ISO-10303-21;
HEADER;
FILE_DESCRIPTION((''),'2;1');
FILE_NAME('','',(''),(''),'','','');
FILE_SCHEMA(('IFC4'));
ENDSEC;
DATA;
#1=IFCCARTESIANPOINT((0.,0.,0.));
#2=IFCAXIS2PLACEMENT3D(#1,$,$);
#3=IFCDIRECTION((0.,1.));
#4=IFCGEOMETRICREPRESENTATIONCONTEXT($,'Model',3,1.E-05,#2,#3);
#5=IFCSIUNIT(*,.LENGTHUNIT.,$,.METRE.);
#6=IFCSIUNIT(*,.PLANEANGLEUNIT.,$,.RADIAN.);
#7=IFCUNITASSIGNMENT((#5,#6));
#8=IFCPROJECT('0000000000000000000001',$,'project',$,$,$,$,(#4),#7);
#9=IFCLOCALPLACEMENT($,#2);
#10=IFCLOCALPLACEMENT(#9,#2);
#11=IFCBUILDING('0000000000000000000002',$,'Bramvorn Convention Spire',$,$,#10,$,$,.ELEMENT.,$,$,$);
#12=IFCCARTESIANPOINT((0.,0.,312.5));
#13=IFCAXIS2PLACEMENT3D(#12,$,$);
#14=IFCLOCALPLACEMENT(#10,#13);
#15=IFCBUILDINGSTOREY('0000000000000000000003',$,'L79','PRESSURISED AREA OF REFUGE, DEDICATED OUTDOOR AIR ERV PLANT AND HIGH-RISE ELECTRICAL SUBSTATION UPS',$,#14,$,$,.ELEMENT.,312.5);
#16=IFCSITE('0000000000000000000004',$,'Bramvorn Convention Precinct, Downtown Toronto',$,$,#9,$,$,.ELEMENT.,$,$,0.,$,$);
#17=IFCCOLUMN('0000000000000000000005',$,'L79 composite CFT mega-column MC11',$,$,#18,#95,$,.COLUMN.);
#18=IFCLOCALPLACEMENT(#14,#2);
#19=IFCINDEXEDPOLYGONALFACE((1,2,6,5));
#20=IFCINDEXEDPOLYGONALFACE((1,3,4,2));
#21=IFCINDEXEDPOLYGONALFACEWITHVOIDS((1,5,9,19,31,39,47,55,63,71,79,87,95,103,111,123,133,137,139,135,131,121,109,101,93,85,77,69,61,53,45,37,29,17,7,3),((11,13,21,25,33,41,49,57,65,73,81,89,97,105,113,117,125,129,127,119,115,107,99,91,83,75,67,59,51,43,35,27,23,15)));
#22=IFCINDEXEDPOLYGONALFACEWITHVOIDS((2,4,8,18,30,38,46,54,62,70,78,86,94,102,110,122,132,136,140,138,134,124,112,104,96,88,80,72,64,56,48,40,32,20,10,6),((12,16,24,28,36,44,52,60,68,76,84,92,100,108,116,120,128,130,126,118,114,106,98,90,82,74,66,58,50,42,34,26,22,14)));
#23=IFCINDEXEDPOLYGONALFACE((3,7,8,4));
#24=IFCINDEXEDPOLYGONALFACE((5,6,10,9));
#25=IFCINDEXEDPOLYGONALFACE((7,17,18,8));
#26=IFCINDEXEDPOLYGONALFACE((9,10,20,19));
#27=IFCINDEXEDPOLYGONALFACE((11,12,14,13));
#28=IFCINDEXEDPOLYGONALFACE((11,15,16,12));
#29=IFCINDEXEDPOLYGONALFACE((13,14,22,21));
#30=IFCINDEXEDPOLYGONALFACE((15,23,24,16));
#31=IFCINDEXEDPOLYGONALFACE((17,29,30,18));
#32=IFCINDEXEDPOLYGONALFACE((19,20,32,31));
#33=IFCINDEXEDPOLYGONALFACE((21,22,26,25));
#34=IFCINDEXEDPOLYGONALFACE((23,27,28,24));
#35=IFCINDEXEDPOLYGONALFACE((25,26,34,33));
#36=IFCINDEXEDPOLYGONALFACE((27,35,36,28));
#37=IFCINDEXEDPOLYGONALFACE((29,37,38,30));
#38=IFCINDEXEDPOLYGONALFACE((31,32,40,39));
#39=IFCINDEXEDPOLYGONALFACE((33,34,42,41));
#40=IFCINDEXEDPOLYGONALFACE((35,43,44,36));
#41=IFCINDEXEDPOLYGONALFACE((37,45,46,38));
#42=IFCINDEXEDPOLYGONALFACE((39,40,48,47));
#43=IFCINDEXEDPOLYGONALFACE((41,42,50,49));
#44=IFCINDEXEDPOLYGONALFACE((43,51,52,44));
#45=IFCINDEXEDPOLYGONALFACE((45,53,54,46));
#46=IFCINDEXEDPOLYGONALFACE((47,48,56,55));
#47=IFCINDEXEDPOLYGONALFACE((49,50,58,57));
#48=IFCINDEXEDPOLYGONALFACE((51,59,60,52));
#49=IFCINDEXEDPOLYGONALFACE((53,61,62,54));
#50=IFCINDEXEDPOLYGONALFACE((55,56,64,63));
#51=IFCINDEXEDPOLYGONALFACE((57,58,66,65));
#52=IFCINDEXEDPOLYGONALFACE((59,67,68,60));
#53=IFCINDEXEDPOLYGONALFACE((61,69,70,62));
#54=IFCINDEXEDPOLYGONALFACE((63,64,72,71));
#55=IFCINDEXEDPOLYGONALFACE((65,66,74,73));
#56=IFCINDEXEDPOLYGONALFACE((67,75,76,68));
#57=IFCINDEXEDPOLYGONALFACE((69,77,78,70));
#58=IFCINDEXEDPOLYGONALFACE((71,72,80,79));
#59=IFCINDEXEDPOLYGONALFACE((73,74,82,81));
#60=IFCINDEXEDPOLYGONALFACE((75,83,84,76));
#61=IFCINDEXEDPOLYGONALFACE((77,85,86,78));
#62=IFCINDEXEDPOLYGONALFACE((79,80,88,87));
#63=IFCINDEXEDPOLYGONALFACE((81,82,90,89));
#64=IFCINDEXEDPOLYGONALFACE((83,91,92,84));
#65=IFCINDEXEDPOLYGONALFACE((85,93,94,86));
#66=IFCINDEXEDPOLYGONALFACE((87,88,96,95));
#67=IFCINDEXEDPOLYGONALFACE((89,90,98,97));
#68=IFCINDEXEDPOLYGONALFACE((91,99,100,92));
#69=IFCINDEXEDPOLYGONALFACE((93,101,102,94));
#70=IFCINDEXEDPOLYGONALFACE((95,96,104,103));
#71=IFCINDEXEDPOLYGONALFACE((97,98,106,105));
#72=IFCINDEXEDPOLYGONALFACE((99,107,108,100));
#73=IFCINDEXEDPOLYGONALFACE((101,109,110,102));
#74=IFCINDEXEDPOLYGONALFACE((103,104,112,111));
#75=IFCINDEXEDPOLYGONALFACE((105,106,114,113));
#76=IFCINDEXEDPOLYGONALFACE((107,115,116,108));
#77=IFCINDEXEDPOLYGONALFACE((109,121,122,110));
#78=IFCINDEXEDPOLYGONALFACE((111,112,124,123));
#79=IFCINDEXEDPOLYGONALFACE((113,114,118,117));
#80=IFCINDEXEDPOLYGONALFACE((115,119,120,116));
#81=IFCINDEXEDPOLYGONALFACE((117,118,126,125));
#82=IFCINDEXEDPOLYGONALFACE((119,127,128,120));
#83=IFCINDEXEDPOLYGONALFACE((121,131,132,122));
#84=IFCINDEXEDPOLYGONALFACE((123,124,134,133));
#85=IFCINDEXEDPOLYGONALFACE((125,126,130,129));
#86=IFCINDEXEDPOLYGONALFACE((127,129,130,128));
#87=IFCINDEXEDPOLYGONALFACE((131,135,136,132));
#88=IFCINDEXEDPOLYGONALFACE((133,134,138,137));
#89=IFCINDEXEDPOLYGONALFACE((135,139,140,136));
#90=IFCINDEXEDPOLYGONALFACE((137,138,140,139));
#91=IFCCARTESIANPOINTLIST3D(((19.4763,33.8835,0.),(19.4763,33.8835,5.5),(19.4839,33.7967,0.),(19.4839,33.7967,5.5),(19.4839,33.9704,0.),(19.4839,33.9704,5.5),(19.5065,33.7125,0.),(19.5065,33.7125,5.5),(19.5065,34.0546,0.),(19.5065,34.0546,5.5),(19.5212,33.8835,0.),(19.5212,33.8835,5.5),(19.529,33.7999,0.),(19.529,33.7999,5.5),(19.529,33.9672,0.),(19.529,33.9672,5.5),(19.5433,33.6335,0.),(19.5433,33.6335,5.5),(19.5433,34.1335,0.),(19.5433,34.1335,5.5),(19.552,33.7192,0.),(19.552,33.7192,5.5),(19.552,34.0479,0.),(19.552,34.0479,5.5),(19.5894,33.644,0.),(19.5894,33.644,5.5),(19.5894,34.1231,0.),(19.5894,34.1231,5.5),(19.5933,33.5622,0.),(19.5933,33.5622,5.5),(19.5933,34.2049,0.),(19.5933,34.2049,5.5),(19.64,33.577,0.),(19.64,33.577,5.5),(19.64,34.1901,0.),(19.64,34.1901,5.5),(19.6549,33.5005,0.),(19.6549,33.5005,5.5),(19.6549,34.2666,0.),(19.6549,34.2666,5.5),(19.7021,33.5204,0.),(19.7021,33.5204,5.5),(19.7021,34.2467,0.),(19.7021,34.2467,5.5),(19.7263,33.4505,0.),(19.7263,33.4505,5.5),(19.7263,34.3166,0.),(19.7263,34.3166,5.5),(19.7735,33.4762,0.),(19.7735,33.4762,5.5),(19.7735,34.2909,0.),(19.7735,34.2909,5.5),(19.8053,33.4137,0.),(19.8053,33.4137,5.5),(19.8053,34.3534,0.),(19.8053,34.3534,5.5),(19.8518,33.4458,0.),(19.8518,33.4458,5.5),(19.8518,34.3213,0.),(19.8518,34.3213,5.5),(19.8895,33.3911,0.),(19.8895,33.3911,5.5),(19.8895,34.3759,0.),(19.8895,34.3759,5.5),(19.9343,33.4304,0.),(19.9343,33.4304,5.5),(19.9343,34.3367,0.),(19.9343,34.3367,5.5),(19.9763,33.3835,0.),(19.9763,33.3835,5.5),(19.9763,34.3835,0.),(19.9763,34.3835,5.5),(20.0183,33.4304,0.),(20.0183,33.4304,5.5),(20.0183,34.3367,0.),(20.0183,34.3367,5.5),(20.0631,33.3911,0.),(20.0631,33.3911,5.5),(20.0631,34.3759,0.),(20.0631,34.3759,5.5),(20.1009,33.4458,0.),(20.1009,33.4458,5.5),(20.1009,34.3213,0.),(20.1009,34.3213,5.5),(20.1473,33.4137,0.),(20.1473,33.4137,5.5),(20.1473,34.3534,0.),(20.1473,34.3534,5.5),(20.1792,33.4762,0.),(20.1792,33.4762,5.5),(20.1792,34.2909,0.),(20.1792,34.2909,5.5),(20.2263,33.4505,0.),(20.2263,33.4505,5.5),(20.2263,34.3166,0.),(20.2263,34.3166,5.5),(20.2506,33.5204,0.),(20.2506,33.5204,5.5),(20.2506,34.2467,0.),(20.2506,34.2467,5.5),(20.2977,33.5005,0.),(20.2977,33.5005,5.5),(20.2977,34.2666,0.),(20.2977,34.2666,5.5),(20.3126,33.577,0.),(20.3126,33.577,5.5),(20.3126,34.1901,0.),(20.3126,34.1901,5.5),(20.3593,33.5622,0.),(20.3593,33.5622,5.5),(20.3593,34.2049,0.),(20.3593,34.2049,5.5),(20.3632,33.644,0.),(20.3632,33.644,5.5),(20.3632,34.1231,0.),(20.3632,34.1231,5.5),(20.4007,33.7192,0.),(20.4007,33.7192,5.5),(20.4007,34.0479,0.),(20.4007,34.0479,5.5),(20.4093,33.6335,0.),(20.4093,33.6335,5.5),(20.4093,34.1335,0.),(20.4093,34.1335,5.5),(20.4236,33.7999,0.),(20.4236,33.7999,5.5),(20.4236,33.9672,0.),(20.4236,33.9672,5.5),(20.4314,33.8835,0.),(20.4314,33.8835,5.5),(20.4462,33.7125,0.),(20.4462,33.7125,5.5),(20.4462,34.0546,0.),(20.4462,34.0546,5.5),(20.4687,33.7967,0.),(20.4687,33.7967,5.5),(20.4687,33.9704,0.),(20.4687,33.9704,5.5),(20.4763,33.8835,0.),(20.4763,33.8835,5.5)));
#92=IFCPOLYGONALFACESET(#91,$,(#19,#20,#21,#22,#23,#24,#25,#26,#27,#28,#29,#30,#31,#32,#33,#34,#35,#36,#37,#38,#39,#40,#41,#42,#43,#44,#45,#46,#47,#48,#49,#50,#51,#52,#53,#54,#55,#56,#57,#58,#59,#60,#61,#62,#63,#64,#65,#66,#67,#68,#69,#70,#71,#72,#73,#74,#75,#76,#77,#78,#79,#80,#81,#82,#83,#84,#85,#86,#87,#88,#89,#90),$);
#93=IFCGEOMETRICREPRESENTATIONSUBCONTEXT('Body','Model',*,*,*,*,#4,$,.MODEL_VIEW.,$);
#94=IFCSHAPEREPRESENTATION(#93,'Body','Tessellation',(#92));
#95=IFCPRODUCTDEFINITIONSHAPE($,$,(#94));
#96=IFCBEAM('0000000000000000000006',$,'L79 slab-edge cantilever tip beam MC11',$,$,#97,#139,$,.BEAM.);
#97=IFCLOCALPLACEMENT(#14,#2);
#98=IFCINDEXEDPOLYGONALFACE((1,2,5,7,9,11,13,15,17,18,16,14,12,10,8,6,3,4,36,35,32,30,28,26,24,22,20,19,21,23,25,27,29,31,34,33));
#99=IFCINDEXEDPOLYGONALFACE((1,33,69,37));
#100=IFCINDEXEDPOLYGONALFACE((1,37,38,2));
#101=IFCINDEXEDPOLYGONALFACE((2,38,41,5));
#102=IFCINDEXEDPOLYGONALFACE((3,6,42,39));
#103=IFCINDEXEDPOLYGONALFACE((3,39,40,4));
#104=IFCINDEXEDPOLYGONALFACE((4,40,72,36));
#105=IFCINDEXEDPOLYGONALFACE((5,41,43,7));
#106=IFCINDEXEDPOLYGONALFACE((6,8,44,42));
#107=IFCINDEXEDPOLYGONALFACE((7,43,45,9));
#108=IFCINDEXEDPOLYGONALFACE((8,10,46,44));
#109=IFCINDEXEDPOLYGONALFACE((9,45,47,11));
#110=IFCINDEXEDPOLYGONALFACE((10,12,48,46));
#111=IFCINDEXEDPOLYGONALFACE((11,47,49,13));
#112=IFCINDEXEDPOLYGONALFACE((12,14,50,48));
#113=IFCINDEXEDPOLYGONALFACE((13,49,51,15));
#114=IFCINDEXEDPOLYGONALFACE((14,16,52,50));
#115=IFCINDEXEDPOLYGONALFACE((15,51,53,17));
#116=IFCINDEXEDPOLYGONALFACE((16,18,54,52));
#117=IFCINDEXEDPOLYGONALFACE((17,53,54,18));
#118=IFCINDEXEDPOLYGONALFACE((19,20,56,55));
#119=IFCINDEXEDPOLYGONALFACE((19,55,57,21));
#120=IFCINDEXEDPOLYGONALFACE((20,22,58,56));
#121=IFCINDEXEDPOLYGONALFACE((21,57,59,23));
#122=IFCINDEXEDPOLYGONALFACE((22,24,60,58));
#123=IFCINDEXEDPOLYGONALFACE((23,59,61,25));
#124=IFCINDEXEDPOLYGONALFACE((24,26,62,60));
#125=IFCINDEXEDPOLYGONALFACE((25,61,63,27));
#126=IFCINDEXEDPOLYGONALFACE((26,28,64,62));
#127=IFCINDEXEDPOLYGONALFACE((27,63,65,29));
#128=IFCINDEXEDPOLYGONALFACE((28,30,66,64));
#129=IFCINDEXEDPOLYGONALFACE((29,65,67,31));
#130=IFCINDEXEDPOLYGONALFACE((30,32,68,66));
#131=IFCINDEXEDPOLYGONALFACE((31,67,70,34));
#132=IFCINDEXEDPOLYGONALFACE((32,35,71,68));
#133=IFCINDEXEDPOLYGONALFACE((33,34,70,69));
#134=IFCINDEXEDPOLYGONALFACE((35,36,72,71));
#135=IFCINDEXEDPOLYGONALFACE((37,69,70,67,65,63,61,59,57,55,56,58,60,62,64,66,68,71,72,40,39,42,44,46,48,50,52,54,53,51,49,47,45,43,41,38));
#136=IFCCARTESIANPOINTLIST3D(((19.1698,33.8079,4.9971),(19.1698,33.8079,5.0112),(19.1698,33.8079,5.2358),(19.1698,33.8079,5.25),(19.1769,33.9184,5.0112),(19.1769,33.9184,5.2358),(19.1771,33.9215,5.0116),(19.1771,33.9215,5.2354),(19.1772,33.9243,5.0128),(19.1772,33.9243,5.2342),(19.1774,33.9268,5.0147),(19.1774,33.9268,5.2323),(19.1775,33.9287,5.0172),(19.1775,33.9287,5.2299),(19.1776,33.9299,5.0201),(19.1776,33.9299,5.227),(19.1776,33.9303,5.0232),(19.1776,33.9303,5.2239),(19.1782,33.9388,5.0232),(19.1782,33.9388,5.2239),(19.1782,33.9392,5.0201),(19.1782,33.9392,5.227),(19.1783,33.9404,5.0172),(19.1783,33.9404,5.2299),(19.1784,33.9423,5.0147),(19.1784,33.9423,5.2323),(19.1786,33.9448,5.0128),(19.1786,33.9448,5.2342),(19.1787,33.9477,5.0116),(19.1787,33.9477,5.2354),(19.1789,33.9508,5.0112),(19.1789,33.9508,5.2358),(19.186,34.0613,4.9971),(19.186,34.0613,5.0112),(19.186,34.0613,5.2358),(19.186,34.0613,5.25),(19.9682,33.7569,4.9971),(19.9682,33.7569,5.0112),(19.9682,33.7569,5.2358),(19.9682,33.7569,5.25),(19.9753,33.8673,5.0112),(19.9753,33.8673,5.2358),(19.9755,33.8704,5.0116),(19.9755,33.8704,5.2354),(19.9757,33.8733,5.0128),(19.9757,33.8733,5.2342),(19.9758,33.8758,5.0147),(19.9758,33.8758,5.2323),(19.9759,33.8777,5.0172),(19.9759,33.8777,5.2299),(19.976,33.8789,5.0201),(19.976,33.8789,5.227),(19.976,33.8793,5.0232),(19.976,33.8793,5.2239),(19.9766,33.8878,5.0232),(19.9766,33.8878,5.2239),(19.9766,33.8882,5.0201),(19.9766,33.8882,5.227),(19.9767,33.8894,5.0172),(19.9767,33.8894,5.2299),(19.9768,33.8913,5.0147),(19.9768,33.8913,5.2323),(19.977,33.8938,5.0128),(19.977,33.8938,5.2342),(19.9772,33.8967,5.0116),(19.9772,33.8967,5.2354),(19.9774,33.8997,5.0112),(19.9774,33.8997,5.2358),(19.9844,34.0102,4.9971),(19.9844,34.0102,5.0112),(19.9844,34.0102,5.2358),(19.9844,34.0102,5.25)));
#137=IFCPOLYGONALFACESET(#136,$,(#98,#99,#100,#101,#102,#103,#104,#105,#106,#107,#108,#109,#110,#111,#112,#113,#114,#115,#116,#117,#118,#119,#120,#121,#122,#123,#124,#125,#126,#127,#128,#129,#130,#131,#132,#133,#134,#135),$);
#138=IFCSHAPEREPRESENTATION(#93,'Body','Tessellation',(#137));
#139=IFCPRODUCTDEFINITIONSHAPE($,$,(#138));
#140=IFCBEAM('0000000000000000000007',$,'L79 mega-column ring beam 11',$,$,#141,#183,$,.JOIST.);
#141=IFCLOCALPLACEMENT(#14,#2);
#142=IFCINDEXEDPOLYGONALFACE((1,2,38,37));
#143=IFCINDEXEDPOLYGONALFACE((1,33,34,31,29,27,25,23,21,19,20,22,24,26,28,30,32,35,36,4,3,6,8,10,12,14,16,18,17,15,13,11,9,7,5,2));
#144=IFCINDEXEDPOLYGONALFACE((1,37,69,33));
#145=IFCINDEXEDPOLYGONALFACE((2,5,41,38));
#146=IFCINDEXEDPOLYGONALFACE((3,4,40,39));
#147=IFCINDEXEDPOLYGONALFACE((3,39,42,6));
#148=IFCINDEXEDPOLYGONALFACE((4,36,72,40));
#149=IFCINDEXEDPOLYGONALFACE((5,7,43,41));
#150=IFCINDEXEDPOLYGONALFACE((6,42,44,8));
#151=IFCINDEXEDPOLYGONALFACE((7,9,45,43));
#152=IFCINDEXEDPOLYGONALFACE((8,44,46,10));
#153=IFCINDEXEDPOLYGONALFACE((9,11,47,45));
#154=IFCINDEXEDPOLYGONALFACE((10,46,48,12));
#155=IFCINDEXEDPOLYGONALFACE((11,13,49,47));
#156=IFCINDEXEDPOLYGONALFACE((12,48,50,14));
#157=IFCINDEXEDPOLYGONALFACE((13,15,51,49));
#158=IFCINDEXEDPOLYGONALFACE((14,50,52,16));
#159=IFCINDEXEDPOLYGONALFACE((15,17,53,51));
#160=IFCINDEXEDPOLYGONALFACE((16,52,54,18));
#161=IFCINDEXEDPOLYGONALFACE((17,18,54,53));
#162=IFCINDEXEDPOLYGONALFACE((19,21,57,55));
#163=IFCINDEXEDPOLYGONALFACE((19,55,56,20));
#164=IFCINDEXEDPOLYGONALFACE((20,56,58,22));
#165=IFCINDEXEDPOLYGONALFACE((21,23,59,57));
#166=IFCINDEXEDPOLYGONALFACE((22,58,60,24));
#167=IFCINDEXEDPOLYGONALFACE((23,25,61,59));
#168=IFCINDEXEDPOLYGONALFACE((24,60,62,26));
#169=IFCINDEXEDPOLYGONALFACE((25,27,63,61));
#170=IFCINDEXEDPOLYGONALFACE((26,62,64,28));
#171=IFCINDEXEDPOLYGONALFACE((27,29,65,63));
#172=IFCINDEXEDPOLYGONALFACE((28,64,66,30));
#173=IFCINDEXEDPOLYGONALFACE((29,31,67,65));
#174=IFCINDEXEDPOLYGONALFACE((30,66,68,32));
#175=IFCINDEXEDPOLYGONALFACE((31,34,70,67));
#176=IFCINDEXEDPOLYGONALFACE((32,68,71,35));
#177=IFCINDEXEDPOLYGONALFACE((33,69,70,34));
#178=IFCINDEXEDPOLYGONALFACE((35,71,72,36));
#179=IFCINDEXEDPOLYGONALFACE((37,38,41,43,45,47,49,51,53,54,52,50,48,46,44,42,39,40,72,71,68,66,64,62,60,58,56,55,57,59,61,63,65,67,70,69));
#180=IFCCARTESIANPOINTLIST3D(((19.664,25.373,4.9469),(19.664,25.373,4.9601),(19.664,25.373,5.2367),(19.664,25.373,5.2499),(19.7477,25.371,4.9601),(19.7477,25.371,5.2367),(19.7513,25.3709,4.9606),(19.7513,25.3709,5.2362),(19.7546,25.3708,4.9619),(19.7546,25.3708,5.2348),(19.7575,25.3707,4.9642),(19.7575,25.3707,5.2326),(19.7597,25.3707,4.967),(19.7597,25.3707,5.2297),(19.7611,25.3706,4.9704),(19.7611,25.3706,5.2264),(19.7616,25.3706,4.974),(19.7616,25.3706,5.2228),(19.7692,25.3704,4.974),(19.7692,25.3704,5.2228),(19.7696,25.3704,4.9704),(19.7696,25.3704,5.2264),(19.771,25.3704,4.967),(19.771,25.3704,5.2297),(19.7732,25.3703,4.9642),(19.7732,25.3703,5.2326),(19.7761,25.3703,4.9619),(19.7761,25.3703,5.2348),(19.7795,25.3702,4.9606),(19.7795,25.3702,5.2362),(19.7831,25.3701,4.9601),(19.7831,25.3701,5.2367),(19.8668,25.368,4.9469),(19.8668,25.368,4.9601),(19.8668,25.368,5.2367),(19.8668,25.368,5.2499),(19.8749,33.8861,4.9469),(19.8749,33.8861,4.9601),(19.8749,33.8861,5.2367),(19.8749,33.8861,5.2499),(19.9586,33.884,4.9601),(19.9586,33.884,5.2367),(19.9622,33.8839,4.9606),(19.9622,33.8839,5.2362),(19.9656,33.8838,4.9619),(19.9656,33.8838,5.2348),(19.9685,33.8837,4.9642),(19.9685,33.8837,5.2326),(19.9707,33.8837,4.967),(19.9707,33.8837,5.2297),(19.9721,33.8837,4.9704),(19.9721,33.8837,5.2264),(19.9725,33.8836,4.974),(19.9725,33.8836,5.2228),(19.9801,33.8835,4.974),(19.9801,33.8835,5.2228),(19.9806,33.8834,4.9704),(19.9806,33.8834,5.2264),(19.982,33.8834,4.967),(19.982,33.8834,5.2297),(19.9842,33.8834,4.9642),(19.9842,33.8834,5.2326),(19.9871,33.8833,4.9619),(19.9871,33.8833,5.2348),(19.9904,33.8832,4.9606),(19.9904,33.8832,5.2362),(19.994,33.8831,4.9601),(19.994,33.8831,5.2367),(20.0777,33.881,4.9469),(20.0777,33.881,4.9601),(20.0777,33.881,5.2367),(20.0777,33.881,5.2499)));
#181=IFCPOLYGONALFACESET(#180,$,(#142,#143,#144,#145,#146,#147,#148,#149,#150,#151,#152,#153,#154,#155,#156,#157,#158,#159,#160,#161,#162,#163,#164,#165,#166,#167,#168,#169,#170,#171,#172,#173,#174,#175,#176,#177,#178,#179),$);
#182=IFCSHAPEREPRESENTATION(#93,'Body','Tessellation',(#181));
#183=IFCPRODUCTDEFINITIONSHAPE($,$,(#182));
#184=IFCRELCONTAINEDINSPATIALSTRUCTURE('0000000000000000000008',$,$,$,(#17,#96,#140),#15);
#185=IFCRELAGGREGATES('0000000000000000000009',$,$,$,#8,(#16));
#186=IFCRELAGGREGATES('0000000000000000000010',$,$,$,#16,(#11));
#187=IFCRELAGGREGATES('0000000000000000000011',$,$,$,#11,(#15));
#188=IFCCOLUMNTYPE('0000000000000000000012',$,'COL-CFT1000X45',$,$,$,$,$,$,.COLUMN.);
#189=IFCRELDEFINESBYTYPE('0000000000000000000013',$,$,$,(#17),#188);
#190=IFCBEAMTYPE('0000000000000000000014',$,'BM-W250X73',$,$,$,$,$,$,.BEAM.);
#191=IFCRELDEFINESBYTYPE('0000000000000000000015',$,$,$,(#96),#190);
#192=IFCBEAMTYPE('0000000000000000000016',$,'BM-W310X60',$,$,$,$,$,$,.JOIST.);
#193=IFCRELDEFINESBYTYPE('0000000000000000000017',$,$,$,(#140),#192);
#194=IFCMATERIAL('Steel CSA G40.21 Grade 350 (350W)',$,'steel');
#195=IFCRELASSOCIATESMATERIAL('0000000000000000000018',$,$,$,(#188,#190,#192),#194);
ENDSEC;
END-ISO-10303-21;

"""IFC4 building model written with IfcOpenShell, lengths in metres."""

from ifc_helpers import new_model, si_unit, direction, frame, origin, origin_2d, place, context, subcontext, project, spatial, hollow_circle, i_section, extrude, material, material_profile, profile_set, type_object, element, save


model = new_model("IFC4")

# Units and contexts
model_context = context("Model", 3, precision=1e-05, world=origin(), true_north=direction((0.0, 1.0)))
body_context = subcontext(model_context, "Body", "Model", "MODEL_VIEW")
ifc_project = project(units=[si_unit("LENGTHUNIT", "METRE"), si_unit("PLANEANGLEUNIT", "RADIAN")], contexts=[model_context])

# Site, building, storey
site_placement = place(None, origin())
site = spatial("IfcSite", under=ifc_project, at=site_placement, Name="Bramvorn Convention Precinct, Downtown Toronto", CompositionType="ELEMENT", RefElevation=0.0)
building_placement = place(site_placement, origin())
building = spatial("IfcBuilding", under=site, at=building_placement, Name="Bramvorn Convention Spire", CompositionType="ELEMENT")
storey_placement = place(building_placement, frame((0.0, 0.0, 312.5)))
storey = spatial("IfcBuildingStorey", under=building, at=storey_placement, Name="L79", Description="PRESSURISED AREA OF REFUGE, DEDICATED OUTDOOR AIR ERV PLANT AND HIGH-RISE ELECTRICAL SUBSTATION UPS", CompositionType="ELEMENT", Elevation=312.5)

# Column
ifc_material_1 = material(Name="Steel CSA G40.21 Grade 350 (350W)", Category="steel")
ifc_material_profile_1 = material_profile(ifc_material_1, hollow_circle(Radius=0.5, WallThickness=0.0449, at=origin_2d()))
ifc_profile_set_1 = profile_set([ifc_material_profile_1], Name="Steel CSA G40.21 Grade 350 (350W) - CFT1000X45")
column_type = type_object("IfcColumnType", Name="COL-CFT1000X45", PredefinedType="COLUMN", material=ifc_profile_set_1)
column_placement = place(storey_placement, frame((19.9763, 33.8835, 0.0), z_axis=(0.0, 0.0, 1.0), x_axis=(1.0, 0.0, 0.0)))
element("IfcColumn", 1, at=column_placement, inside=storey, type_object=column_type, Name="L79 composite CFT mega-column MC11", PredefinedType="COLUMN", context=body_context, shape_type="SweptSolid", body=[
    extrude(hollow_circle(Radius=0.5, WallThickness=0.0449, at=origin_2d()), origin(), (0.0, 0.0, 1.0), 5.5),
])

# Beams
ifc_material_profile_2 = material_profile(ifc_material_1, i_section(OverallWidth=0.2539, OverallDepth=0.2529, WebThickness=0.0085, FlangeThickness=0.0142, FilletRadius=0.012, at=origin_2d()))
ifc_profile_set_2 = profile_set([ifc_material_profile_2], Name="Steel CSA G40.21 Grade 350 (350W) - W250X73")
beam_type_1 = type_object("IfcBeamType", Name="BM-W250X73", PredefinedType="BEAM", material=ifc_profile_set_2)
beam_1_placement = place(storey_placement, frame((19.9763, 33.8835, 5.1235), z_axis=(-0.997964, 0.063784, 0.0), x_axis=(-0.063784, -0.997964, 0.0)))
element("IfcBeam", 2, at=beam_1_placement, inside=storey, type_object=beam_type_1, Name="L79 slab-edge cantilever tip beam MC11", PredefinedType="BEAM", context=body_context, shape_type="SweptSolid", body=[
    extrude(i_section(OverallWidth=0.2539, OverallDepth=0.2529, WebThickness=0.0085, FlangeThickness=0.0142, FilletRadius=0.012, at=origin_2d()), origin(), (0.0, 0.0, 1.0), 0.8),
])
ifc_material_profile_3 = material_profile(ifc_material_1, i_section(OverallWidth=0.2029, OverallDepth=0.303, WebThickness=0.0076, FlangeThickness=0.0132, FilletRadius=0.0139, at=origin_2d()))
ifc_profile_set_3 = profile_set([ifc_material_profile_3], Name="Steel CSA G40.21 Grade 350 (350W) - W310X60")
beam_type_2 = type_object("IfcBeamType", Name="BM-W310X60", PredefinedType="JOIST", material=ifc_profile_set_3)
beam_2_placement = place(storey_placement, frame((19.9763, 33.8835, 5.0984), z_axis=(-0.024771, -0.999693, 0.0), x_axis=(0.999693, -0.024771, 0.0)))
element("IfcBeam", 3, at=beam_2_placement, inside=storey, type_object=beam_type_2, Name="L79 mega-column ring beam 11", PredefinedType="JOIST", context=body_context, shape_type="SweptSolid", body=[
    extrude(i_section(OverallWidth=0.2029, OverallDepth=0.303, WebThickness=0.0076, FlangeThickness=0.0132, FilletRadius=0.0139, at=origin_2d()), origin(), (0.0, 0.0, 1.0), 8.5156),
])

save(model, "model.ifc")
